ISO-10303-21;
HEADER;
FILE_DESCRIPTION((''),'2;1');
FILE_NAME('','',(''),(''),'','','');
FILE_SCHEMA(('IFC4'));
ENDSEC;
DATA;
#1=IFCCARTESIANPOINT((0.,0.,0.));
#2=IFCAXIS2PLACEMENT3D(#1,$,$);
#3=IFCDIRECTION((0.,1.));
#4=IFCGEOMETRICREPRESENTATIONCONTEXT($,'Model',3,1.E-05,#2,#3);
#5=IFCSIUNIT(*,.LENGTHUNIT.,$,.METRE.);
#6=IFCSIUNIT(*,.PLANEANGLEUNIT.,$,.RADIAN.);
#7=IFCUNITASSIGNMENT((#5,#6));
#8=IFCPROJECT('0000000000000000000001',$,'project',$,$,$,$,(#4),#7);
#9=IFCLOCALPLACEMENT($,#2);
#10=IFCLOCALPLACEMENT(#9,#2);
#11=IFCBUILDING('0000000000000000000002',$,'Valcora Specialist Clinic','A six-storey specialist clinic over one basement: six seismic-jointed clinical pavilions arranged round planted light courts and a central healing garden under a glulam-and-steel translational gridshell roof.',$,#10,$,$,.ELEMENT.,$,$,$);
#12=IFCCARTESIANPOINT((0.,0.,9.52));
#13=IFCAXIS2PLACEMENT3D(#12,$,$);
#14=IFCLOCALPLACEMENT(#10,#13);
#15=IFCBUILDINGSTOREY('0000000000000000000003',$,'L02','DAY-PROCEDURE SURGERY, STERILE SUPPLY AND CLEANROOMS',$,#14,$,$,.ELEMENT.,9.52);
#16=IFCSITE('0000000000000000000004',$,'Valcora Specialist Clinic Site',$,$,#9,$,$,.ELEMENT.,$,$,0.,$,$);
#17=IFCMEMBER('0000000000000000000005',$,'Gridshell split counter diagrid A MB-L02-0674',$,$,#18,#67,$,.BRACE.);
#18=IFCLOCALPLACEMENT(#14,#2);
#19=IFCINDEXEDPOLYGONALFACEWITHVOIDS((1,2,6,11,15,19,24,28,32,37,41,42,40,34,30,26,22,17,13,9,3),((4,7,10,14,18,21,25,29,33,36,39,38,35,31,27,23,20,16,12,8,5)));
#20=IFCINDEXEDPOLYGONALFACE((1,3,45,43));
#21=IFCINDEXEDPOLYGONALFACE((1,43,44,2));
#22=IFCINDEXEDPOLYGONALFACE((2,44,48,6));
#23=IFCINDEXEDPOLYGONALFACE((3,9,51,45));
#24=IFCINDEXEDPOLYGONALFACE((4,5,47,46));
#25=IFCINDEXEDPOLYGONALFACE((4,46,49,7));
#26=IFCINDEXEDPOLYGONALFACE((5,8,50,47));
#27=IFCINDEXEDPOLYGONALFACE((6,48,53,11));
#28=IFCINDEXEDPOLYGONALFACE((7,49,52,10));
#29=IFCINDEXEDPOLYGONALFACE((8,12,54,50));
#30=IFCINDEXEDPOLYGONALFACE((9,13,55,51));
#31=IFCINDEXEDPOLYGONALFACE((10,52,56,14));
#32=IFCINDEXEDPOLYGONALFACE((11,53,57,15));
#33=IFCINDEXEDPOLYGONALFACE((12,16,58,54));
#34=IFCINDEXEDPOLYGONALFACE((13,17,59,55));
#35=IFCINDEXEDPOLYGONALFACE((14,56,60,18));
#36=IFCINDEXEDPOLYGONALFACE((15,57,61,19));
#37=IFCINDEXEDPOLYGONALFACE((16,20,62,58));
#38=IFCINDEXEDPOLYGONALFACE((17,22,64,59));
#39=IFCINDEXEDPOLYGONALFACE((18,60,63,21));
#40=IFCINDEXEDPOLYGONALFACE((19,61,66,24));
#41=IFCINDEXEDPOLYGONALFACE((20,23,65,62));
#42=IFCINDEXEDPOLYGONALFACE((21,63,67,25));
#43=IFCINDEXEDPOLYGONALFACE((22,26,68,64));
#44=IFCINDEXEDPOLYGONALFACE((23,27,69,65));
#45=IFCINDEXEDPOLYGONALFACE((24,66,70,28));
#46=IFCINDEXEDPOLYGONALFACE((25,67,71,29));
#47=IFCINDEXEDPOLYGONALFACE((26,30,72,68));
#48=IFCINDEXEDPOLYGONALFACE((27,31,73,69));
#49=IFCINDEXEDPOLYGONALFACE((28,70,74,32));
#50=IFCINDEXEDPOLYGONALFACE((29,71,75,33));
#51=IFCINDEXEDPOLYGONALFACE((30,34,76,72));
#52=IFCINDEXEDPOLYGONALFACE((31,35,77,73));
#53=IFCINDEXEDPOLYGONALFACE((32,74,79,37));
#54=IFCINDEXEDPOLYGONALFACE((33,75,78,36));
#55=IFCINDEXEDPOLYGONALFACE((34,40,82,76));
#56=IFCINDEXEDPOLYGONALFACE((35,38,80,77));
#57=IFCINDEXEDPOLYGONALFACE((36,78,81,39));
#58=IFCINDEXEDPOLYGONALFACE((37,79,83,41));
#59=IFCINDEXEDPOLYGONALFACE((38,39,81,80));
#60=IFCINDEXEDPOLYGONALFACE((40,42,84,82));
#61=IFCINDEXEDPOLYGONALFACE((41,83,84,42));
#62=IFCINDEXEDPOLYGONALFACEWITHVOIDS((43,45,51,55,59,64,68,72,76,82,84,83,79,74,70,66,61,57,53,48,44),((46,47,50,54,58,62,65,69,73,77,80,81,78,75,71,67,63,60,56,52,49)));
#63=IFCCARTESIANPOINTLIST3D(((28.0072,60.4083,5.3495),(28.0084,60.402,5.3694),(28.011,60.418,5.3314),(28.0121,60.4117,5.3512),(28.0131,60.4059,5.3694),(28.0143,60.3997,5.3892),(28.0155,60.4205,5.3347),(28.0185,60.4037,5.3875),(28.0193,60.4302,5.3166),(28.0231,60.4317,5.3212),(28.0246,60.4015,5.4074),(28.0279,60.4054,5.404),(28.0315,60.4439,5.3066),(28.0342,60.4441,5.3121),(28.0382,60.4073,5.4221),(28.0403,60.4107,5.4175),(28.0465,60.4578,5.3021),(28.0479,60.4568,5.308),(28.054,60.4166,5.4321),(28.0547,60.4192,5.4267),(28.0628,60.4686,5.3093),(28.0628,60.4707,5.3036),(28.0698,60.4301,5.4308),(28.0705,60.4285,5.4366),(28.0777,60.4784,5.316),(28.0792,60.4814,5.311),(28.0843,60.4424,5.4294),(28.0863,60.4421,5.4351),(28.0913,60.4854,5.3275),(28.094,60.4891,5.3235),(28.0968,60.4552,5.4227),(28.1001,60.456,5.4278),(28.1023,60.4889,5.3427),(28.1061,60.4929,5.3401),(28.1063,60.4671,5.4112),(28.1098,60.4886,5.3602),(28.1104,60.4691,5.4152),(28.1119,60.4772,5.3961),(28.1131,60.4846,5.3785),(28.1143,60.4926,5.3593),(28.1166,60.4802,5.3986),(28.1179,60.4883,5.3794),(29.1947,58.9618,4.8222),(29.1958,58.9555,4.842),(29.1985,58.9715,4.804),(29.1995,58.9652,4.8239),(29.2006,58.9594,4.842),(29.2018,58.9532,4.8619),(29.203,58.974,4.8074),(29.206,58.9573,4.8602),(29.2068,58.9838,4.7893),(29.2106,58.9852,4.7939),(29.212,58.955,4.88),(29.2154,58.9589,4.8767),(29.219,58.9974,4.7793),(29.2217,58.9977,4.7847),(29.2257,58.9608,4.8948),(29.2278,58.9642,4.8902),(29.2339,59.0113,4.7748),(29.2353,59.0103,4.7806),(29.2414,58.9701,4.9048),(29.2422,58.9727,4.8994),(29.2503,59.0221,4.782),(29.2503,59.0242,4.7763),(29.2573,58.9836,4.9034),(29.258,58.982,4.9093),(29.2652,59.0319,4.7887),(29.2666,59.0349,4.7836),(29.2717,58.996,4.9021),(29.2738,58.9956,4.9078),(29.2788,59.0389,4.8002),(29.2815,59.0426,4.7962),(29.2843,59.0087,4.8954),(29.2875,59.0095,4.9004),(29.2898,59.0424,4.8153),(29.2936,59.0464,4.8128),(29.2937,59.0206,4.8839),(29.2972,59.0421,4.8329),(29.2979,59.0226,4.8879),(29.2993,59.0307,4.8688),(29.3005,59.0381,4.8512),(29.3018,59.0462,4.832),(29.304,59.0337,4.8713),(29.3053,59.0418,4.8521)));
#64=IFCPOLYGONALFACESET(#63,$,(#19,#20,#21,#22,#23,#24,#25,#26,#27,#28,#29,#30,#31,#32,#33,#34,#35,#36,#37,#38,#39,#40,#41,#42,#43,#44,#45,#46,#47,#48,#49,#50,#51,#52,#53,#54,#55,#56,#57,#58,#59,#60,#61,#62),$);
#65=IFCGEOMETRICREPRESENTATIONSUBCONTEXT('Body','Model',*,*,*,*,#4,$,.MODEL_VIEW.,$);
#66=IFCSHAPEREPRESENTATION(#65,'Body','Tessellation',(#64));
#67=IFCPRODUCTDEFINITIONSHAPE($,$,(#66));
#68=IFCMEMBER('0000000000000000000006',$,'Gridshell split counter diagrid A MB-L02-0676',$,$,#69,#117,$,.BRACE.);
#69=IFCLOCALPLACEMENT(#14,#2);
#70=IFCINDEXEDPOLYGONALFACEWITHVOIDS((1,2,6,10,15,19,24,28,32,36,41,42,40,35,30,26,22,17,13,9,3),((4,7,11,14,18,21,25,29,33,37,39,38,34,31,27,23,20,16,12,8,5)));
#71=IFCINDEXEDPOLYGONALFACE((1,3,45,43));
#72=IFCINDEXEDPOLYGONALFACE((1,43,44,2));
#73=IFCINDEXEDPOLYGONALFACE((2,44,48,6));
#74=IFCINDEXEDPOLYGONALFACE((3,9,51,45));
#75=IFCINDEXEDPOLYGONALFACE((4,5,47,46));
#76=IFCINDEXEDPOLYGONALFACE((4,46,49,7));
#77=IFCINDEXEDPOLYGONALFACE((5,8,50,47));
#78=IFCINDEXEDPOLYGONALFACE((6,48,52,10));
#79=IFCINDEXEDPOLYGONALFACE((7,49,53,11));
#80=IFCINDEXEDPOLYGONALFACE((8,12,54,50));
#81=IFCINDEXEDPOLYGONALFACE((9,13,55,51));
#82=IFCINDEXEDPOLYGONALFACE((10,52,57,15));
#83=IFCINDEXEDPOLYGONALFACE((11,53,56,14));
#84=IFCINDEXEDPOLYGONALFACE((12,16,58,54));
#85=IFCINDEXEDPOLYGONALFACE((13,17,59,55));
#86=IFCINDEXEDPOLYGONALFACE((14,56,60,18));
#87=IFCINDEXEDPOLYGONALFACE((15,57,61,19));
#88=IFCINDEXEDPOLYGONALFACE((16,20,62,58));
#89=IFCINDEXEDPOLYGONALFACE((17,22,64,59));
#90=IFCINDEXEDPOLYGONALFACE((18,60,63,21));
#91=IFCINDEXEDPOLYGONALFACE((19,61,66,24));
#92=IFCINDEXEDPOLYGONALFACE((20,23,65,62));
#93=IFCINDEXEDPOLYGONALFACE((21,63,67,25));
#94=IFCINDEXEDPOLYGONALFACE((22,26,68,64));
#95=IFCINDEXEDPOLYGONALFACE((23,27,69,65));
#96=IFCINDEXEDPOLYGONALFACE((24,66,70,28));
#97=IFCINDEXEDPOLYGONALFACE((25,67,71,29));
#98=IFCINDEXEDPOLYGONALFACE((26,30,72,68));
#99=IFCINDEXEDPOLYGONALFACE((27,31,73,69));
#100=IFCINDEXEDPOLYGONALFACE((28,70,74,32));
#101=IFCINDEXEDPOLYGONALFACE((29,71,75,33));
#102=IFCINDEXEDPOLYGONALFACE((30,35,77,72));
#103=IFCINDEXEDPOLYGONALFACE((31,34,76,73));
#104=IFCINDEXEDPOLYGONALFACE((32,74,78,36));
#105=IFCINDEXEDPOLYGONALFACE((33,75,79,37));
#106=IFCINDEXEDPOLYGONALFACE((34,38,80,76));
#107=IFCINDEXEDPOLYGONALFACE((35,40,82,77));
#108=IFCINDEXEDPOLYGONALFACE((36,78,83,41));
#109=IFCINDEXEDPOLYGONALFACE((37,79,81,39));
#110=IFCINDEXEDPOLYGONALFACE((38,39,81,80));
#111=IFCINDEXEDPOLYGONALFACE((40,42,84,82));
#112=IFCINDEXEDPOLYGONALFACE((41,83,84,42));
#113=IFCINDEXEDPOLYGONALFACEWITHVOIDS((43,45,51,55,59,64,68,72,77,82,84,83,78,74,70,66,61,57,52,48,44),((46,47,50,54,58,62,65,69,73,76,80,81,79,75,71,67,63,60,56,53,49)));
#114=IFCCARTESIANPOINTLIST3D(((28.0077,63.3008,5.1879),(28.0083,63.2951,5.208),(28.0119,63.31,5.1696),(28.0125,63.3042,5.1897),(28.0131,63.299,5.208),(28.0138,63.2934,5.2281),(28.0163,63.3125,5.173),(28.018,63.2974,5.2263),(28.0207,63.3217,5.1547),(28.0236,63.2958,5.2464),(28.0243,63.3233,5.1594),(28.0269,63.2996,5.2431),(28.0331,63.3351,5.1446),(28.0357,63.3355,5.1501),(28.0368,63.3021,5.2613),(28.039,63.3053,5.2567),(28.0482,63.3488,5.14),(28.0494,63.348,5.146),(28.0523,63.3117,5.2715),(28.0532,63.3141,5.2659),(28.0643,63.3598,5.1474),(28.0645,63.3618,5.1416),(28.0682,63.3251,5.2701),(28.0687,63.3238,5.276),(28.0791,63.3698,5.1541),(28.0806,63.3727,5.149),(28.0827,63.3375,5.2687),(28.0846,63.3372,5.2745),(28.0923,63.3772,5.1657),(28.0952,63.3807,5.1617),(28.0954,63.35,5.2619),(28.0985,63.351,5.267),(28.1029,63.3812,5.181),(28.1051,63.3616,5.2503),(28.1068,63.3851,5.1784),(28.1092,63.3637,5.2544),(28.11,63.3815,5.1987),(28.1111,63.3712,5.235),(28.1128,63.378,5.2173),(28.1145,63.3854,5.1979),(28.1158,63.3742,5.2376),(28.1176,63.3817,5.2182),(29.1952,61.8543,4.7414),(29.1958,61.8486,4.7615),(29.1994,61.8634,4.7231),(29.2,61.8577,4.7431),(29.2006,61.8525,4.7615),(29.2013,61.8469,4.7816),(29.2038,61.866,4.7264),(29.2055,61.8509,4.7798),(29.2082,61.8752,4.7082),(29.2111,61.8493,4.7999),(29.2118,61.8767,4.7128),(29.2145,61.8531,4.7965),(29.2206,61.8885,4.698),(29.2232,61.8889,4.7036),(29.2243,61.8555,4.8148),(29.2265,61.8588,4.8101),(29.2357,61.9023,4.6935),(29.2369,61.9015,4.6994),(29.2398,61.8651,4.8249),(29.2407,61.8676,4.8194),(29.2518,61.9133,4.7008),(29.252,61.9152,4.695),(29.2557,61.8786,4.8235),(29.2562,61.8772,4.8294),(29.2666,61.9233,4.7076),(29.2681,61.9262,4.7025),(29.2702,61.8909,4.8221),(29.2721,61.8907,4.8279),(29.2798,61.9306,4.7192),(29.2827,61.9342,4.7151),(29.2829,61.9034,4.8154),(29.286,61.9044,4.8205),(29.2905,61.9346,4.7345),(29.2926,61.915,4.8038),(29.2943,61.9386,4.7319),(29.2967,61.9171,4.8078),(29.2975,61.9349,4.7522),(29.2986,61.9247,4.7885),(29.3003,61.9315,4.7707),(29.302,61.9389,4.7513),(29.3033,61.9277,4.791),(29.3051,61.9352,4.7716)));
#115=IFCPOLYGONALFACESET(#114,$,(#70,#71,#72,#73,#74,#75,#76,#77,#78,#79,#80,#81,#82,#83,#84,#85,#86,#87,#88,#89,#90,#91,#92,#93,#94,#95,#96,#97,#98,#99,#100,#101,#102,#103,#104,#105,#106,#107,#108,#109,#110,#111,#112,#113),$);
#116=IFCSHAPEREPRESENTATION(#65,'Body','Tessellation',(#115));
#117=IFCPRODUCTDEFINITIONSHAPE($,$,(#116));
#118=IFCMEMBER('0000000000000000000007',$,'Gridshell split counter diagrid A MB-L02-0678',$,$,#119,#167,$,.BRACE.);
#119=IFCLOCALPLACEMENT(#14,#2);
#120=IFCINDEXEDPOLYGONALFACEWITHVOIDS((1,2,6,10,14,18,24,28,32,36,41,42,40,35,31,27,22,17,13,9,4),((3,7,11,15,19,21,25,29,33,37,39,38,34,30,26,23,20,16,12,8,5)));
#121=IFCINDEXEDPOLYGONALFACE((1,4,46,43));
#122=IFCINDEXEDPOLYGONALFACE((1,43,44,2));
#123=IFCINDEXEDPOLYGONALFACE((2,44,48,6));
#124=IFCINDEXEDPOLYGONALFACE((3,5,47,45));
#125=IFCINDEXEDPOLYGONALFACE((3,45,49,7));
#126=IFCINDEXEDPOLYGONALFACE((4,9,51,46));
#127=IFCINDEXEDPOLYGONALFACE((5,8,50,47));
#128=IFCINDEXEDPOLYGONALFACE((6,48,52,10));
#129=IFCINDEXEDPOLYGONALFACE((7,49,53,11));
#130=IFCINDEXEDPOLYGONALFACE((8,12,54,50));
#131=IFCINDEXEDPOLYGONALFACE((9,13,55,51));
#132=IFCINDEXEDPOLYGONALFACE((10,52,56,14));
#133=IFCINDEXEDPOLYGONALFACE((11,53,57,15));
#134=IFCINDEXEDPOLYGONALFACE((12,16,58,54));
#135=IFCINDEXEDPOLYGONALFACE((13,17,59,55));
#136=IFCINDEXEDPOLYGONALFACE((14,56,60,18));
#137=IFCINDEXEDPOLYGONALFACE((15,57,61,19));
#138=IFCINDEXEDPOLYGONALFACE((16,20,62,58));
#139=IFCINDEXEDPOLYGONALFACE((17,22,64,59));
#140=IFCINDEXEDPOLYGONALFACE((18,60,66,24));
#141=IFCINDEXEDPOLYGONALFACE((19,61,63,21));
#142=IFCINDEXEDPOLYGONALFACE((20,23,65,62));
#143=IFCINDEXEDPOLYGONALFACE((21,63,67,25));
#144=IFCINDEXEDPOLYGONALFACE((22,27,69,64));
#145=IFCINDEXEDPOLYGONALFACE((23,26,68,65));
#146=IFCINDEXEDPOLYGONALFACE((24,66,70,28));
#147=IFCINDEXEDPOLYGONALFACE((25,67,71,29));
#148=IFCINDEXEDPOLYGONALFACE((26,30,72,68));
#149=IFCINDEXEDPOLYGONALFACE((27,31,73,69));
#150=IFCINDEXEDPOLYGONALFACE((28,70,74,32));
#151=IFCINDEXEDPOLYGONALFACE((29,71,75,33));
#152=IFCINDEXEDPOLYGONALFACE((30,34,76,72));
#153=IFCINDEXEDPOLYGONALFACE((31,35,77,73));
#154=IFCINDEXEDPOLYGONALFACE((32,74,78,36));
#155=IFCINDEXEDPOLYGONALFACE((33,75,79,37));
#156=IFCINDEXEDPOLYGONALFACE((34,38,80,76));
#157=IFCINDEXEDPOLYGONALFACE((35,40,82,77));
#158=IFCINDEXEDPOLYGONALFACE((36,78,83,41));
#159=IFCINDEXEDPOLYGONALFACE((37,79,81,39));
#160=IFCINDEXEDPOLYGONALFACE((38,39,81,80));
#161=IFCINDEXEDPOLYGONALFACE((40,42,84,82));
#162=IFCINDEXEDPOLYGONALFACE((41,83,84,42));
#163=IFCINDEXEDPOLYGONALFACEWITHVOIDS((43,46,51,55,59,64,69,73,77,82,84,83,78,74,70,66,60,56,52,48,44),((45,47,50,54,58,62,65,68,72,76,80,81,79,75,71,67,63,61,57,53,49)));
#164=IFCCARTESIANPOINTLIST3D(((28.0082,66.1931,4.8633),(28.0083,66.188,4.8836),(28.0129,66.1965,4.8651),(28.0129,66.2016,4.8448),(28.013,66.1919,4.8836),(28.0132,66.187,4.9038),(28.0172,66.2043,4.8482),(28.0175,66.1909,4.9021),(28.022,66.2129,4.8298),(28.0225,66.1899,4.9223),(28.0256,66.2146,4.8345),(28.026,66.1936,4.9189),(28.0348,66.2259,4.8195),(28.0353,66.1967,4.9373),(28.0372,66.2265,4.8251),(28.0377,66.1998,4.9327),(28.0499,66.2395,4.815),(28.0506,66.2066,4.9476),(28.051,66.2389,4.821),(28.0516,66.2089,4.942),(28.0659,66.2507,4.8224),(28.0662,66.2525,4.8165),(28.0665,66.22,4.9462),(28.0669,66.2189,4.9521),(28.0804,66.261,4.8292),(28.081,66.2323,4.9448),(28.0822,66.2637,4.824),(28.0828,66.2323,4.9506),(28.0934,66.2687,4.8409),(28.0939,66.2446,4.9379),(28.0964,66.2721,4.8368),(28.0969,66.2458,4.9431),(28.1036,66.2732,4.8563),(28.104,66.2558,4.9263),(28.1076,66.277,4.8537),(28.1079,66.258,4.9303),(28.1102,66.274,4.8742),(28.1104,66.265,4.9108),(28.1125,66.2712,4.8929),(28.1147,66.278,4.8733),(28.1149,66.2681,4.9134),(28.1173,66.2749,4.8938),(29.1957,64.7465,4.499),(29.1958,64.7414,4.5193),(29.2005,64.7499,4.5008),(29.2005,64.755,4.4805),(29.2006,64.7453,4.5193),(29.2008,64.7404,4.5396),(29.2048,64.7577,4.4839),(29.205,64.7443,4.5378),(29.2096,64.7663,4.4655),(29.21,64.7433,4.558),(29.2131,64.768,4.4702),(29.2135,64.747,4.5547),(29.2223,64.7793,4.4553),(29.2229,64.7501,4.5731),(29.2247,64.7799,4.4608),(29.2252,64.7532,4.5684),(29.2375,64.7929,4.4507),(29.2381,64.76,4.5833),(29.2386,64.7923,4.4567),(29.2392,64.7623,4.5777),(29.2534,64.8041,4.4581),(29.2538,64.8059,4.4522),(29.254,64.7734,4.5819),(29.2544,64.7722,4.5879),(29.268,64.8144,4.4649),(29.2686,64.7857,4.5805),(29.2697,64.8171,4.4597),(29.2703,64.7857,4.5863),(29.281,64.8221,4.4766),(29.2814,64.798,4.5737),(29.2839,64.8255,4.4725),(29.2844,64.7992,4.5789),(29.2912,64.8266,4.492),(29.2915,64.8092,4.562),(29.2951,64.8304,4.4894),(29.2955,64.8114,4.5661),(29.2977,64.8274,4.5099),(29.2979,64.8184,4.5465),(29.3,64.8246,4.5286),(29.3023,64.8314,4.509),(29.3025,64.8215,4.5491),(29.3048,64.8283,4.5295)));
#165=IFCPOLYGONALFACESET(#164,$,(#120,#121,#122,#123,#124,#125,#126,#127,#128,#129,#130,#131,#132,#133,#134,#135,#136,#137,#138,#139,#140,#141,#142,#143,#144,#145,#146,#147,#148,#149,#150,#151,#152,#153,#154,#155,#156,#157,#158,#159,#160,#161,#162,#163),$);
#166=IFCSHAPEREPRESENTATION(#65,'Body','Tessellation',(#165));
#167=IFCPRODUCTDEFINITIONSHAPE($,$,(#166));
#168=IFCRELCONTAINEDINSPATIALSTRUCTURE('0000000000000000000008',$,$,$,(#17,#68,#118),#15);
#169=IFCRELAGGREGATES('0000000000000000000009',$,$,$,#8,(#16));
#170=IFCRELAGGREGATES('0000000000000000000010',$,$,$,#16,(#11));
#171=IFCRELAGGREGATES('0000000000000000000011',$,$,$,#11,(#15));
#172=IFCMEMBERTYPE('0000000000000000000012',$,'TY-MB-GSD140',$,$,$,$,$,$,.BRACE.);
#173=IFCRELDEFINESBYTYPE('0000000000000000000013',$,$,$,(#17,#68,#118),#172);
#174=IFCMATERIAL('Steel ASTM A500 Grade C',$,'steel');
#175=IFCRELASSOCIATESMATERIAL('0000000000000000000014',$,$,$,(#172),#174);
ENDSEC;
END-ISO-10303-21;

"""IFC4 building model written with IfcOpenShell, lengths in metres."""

from ifc_helpers import new_model, si_unit, direction, frame, origin, origin_2d, place, context, subcontext, project, spatial, hollow_circle, extrude, material, material_profile, profile_set, type_object, element, save


model = new_model("IFC4")

# Units and contexts
model_context = context("Model", 3, precision=1e-05, world=origin(), true_north=direction((0.0, 1.0)))
body_context = subcontext(model_context, "Body", "Model", "MODEL_VIEW")
ifc_project = project(units=[si_unit("LENGTHUNIT", "METRE"), si_unit("PLANEANGLEUNIT", "RADIAN")], contexts=[model_context])

# Site, building, storey
site_placement = place(None, origin())
site = spatial("IfcSite", under=ifc_project, at=site_placement, Name="Valcora Specialist Clinic Site", CompositionType="ELEMENT", RefElevation=0.0)
building_placement = place(site_placement, origin())
building = spatial("IfcBuilding", under=site, at=building_placement, Name="Valcora Specialist Clinic", Description="A six-storey specialist clinic over one basement: six seismic-jointed clinical pavilions arranged round planted light courts and a central healing garden under a glulam-and-steel translational gridshell roof.", CompositionType="ELEMENT")
storey_placement = place(building_placement, frame((0.0, 0.0, 9.52)))
storey = spatial("IfcBuildingStorey", under=building, at=storey_placement, Name="L02", Description="DAY-PROCEDURE SURGERY, STERILE SUPPLY AND CLEANROOMS", CompositionType="ELEMENT", Elevation=9.52)

# Members
ifc_material_1 = material(Name="Steel ASTM A500 Grade C", Category="steel")
ifc_material_profile_1 = material_profile(ifc_material_1, hollow_circle(Radius=0.0701, WallThickness=0.0061, at=origin_2d()), Name="ST-CHS-140X6")
ifc_profile_set_1 = profile_set([ifc_material_profile_1], Name="Steel ASTM A500 Grade C")
member_type_1 = type_object("IfcMemberType", Name="TY-MB-GSD140", PredefinedType="BRACE", material=ifc_profile_set_1)
member_1_placement = place(storey_placement, frame((29.25, 59.0, 4.842), z_axis=(-0.610727, 0.743947, 0.271211), x_axis=(-0.772916, -0.634508, 0.0)))
element("IfcMember", 1, at=member_1_placement, inside=storey, type_object=member_type_1, Name="Gridshell split counter diagrid A MB-L02-0674", PredefinedType="BRACE", context=body_context, shape_type="SweptSolid", body=[
    extrude(hollow_circle(Radius=0.0701, WallThickness=0.0061, at=origin_2d()), origin(), (0.0, 0.0, 1.0), 1.9443),
])
member_2_placement = place(storey_placement, frame((29.25, 61.8931, 4.7615), z_axis=(-0.617185, 0.751813, 0.232079), x_axis=(-0.772916, -0.634508, 0.0)))
element("IfcMember", 2, at=member_2_placement, inside=storey, type_object=member_type_1, Name="Gridshell split counter diagrid A MB-L02-0676", PredefinedType="BRACE", context=body_context, shape_type="SweptSolid", body=[
    extrude(hollow_circle(Radius=0.0701, WallThickness=0.0061, at=origin_2d()), origin(), (0.0, 0.0, 1.0), 1.9241),
])
member_3_placement = place(storey_placement, frame((29.25, 64.7859, 4.5193), z_axis=(-0.622821, 0.75868, 0.191046), x_axis=(-0.772916, -0.634508, 0.0)))
element("IfcMember", 3, at=member_3_placement, inside=storey, type_object=member_type_1, Name="Gridshell split counter diagrid A MB-L02-0678", PredefinedType="BRACE", context=body_context, shape_type="SweptSolid", body=[
    extrude(hollow_circle(Radius=0.0701, WallThickness=0.0061, at=origin_2d()), origin(), (0.0, 0.0, 1.0), 1.9067),
])

save(model, "model.ifc")
